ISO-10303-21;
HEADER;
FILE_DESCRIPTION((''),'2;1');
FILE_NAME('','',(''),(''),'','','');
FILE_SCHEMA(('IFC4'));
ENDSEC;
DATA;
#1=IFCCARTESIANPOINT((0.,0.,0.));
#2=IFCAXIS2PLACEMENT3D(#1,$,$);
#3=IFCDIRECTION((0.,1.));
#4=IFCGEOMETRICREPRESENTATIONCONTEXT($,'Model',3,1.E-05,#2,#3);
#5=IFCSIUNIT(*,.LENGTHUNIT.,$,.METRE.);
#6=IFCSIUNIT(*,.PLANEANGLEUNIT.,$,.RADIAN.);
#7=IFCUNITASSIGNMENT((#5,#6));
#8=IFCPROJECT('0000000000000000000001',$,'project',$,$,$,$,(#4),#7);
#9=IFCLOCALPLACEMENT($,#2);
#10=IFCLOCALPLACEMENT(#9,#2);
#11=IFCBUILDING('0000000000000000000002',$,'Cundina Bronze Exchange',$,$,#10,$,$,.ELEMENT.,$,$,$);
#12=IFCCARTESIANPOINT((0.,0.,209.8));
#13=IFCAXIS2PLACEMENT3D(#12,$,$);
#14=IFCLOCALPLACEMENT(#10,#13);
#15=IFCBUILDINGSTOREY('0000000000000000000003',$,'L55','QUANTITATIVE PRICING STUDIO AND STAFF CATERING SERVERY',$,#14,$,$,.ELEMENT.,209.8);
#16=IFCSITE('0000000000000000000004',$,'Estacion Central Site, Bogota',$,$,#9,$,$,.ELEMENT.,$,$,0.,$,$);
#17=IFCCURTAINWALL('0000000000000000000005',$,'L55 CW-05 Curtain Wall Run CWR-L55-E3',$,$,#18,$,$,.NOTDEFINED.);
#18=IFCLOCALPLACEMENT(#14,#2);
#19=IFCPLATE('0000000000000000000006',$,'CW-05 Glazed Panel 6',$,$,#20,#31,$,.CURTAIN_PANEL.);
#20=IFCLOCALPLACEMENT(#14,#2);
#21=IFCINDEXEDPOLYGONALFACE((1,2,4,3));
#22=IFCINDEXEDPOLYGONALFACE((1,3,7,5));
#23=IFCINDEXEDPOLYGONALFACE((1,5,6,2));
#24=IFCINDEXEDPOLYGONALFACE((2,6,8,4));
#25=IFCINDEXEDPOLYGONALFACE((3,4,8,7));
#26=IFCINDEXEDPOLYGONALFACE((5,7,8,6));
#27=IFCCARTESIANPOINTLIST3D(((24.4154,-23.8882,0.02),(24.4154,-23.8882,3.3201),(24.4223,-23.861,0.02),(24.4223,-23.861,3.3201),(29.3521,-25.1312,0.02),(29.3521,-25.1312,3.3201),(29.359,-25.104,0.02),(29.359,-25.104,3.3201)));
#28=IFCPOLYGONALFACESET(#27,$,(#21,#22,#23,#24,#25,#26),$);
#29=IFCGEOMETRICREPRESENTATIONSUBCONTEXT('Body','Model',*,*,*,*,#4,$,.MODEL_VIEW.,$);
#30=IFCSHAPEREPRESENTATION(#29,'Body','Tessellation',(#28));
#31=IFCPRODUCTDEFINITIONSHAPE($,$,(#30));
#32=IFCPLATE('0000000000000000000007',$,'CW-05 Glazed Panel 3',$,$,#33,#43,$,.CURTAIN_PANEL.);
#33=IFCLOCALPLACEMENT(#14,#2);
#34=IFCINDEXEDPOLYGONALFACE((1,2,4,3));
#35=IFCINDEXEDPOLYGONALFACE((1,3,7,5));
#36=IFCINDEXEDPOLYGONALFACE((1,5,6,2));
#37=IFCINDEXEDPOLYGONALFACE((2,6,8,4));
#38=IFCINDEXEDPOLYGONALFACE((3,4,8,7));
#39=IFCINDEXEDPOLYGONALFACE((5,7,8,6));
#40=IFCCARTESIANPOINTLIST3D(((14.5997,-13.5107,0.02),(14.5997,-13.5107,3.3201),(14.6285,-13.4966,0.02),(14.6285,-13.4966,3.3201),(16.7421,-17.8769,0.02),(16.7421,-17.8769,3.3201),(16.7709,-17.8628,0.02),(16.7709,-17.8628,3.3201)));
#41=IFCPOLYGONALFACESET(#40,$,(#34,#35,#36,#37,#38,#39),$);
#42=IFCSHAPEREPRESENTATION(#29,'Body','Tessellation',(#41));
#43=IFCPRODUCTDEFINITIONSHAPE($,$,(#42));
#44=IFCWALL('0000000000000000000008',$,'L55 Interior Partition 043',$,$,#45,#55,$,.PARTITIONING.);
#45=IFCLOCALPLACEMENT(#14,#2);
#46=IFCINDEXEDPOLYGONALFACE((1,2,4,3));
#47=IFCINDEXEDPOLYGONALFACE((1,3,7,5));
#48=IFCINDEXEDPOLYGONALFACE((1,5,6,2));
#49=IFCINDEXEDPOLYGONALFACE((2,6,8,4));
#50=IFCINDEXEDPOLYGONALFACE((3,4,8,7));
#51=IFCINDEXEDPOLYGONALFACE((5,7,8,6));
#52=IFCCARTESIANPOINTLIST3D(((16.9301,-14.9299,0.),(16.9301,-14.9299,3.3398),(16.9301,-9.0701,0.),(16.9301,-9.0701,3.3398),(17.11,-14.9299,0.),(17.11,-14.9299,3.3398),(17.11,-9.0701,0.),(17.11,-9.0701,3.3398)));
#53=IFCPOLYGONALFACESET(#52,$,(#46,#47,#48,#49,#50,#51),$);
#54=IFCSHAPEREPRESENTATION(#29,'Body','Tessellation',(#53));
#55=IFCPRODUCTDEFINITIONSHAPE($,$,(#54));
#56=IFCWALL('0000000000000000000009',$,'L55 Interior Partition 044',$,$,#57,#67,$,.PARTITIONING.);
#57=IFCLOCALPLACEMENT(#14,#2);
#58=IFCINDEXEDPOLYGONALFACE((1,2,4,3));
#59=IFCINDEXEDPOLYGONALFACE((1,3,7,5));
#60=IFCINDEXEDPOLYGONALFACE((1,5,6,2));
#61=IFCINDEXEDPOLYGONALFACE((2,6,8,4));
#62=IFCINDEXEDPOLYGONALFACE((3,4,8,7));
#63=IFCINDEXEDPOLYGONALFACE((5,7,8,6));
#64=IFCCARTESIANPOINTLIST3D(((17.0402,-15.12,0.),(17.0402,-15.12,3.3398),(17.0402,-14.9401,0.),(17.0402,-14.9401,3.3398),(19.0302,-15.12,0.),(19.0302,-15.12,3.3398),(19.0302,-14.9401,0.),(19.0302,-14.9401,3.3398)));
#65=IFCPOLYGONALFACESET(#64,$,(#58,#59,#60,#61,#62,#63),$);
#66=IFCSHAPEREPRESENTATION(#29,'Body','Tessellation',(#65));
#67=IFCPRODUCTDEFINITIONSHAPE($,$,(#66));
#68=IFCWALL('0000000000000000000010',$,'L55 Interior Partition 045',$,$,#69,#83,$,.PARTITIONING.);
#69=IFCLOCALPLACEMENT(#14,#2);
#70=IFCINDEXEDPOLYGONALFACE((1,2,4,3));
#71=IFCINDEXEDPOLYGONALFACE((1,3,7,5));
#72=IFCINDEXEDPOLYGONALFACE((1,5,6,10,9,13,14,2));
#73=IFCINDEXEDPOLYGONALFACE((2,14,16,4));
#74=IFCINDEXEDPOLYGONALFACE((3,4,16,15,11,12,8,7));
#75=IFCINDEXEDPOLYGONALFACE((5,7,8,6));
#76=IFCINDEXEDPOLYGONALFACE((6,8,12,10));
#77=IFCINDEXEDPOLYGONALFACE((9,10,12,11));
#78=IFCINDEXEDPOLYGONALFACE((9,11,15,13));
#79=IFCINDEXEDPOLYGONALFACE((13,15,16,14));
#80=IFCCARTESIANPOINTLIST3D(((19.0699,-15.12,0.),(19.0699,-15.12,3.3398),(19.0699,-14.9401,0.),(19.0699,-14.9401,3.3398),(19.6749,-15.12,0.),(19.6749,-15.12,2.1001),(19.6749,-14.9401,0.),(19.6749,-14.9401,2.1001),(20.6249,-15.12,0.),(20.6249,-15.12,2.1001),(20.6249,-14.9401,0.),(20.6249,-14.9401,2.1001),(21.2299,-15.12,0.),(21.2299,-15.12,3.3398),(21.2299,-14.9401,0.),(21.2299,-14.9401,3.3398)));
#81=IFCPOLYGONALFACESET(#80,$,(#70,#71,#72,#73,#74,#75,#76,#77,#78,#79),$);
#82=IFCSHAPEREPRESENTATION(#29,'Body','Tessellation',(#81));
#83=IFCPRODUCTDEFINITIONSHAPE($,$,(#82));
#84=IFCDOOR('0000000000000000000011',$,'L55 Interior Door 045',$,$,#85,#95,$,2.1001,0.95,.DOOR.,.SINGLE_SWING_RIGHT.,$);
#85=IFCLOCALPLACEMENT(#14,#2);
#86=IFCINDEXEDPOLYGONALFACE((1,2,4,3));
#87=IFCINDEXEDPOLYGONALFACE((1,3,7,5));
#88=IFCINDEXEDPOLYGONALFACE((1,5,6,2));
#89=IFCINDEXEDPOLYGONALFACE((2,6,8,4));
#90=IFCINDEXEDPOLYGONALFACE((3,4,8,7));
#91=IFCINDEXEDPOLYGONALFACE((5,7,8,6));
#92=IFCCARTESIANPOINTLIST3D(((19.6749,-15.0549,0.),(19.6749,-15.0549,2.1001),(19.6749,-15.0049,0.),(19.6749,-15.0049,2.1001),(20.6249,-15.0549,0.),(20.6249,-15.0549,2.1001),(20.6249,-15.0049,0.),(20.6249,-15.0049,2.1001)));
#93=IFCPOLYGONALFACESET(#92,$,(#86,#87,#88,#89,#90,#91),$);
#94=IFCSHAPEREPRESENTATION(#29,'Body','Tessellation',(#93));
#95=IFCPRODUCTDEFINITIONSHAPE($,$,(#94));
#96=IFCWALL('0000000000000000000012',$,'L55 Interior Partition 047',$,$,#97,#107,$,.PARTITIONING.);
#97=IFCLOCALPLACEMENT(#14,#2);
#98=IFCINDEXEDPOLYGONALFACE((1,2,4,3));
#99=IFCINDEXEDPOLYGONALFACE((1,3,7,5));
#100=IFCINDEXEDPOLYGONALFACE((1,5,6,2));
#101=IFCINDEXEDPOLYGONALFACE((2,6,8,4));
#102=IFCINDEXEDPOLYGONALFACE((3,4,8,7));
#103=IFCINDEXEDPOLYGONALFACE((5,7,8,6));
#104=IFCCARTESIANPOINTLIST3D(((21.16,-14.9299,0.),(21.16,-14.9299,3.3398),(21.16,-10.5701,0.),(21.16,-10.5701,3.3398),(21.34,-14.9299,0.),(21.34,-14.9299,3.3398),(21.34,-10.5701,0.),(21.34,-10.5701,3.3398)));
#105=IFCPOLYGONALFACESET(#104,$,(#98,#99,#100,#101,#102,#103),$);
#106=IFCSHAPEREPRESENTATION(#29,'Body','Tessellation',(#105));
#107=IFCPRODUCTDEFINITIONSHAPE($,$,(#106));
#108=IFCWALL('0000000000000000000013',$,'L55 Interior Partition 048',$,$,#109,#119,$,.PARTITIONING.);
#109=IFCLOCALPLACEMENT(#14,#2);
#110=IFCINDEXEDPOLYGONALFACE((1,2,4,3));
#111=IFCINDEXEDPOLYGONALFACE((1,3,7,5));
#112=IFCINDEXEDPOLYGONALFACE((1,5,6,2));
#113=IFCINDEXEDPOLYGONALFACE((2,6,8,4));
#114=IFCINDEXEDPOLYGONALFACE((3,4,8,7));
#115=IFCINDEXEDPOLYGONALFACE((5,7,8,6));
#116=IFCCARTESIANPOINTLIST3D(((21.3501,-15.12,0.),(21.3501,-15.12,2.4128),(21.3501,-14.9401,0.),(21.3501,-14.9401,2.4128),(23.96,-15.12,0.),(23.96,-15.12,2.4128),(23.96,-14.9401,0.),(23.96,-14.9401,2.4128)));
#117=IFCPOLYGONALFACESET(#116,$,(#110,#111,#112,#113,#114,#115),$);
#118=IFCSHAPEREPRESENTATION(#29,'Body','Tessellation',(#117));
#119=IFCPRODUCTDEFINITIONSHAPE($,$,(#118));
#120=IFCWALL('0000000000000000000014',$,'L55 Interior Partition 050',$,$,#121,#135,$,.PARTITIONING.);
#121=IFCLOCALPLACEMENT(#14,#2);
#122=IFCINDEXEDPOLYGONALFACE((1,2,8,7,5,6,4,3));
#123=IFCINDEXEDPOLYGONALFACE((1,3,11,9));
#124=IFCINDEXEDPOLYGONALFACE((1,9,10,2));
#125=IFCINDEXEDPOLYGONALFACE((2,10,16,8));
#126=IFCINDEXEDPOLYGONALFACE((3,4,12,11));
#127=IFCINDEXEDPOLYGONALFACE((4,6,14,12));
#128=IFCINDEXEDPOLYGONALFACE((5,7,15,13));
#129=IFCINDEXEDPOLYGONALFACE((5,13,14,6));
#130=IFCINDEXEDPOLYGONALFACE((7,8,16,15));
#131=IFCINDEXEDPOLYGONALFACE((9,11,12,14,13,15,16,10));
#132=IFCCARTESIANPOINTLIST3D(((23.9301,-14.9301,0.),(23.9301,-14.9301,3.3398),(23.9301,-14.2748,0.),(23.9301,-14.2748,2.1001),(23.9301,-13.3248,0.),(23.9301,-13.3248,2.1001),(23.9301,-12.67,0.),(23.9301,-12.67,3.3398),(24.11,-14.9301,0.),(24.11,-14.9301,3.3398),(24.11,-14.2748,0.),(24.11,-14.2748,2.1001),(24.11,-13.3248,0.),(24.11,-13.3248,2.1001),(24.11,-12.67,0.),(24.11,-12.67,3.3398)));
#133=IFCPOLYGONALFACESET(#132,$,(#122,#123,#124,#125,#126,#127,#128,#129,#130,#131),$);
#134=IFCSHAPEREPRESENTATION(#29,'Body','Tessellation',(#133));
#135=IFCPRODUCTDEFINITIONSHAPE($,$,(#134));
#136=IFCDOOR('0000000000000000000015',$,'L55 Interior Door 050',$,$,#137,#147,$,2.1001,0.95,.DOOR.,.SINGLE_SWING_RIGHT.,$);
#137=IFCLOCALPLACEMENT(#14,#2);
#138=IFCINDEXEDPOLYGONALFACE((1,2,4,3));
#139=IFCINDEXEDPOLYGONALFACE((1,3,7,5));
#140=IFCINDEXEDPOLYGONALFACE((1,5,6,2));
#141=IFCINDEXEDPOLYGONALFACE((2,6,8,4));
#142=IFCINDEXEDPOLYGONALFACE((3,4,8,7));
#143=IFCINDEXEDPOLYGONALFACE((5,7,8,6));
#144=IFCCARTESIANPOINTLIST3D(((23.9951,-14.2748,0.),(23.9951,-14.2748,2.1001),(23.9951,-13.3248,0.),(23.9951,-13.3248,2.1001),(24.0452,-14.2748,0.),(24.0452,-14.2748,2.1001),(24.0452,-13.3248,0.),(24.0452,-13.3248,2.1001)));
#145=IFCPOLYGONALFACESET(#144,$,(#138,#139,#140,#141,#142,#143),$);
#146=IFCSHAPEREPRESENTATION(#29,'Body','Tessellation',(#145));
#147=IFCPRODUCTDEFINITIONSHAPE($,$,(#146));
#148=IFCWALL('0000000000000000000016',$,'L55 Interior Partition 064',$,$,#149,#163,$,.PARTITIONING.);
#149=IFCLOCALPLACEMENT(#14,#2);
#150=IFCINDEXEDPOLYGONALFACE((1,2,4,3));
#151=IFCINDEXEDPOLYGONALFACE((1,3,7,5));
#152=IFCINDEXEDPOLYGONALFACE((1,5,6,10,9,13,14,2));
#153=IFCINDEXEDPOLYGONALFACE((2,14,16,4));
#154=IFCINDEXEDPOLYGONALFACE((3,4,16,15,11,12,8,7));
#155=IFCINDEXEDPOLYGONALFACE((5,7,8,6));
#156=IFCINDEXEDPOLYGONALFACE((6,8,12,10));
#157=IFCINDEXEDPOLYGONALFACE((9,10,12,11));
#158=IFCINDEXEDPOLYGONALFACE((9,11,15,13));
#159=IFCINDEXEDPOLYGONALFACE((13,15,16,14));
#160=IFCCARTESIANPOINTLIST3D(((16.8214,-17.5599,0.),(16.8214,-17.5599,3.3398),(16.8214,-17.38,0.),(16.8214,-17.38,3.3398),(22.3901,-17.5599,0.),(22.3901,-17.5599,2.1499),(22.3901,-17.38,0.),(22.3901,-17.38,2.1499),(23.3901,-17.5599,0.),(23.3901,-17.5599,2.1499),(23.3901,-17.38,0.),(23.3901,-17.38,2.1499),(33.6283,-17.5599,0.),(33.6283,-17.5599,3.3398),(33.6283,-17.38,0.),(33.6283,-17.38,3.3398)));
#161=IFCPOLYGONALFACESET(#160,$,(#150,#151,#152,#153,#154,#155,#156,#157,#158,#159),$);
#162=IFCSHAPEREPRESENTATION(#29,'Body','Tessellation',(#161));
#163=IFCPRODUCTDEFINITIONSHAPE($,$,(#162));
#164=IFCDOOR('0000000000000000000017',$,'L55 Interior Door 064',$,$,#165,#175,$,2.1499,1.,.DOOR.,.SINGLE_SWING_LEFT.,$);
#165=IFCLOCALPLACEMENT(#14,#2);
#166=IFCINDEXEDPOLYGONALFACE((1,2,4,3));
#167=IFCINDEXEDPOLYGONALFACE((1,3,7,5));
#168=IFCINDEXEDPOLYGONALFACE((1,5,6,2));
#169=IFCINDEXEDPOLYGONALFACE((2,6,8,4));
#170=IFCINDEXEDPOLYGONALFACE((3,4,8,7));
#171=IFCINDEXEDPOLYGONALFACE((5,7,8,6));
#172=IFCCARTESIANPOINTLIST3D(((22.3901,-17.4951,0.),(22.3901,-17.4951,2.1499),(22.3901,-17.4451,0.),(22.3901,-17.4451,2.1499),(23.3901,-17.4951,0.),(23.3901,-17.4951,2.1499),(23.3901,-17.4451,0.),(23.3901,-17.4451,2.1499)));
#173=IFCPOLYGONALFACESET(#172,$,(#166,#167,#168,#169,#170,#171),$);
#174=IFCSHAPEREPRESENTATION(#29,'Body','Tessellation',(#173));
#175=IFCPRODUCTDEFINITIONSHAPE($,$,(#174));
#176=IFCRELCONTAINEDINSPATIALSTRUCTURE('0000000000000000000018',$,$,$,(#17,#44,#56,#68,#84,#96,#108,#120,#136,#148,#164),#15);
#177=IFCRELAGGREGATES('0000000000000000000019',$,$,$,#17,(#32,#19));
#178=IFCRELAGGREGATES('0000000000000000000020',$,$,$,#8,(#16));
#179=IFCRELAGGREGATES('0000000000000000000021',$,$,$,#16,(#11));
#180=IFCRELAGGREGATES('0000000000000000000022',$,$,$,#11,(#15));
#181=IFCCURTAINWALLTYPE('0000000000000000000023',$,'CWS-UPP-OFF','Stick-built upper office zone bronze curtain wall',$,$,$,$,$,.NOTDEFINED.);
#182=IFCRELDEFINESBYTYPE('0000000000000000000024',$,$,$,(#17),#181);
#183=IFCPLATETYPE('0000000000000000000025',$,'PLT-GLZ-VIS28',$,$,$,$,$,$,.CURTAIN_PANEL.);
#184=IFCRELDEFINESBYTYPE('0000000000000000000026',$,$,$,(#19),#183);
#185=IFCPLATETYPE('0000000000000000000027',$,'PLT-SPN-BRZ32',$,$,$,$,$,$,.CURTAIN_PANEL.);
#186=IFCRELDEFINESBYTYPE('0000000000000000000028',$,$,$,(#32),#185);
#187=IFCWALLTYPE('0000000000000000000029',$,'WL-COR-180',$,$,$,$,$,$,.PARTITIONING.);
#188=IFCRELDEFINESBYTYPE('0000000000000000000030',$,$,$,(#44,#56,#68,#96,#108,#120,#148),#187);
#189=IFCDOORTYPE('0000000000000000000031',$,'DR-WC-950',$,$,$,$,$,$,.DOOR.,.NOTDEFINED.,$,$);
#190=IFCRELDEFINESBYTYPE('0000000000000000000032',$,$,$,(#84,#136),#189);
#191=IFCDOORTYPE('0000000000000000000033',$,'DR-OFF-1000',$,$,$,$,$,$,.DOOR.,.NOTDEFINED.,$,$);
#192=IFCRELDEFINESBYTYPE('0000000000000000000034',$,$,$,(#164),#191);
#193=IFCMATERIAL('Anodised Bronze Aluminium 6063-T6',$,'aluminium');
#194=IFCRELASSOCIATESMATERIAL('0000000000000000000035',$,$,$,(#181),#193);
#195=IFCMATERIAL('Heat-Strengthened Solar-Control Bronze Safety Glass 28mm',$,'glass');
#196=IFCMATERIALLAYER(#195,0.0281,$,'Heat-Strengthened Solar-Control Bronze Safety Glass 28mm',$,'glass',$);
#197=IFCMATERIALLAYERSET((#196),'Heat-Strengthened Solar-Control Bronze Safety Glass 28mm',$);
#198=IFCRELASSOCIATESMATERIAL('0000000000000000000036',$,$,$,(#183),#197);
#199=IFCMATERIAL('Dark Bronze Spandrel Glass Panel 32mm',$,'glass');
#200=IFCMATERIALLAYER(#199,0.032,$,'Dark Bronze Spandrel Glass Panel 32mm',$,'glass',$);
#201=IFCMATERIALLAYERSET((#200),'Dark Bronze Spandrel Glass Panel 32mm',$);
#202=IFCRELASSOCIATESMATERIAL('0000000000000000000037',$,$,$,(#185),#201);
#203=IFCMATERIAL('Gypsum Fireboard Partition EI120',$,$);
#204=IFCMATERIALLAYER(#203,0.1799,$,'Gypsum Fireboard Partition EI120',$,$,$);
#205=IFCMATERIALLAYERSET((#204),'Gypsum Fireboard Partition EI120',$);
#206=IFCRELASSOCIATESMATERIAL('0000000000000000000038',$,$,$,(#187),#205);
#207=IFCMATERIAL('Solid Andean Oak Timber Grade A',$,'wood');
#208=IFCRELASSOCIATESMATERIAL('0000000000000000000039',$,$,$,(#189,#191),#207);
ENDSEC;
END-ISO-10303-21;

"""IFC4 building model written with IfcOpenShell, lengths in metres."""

from ifc_helpers import new_model, si_unit, direction, frame, frame_2d, origin, origin_2d, place, context, subcontext, project, spatial, rectangle, extrude, material, layer, layer_set, type_object, element, fill, aggregate, save


model = new_model("IFC4")

# Units and contexts
model_context = context("Model", 3, precision=1e-05, world=origin(), true_north=direction((0.0, 1.0)))
body_context = subcontext(model_context, "Body", "Model", "MODEL_VIEW")
ifc_project = project(units=[si_unit("LENGTHUNIT", "METRE"), si_unit("PLANEANGLEUNIT", "RADIAN")], contexts=[model_context])

# Site, building, storey
site_placement = place(None, origin())
site = spatial("IfcSite", under=ifc_project, at=site_placement, Name="Estacion Central Site, Bogota", CompositionType="ELEMENT", RefElevation=0.0)
building_placement = place(site_placement, origin())
building = spatial("IfcBuilding", under=site, at=building_placement, Name="Cundina Bronze Exchange", CompositionType="ELEMENT")
storey_placement = place(building_placement, frame((0.0, 0.0, 209.8)))
storey = spatial("IfcBuildingStorey", under=building, at=storey_placement, Name="L55", Description="QUANTITATIVE PRICING STUDIO AND STAFF CATERING SERVERY", CompositionType="ELEMENT", Elevation=209.8)

# Curtain wall, plates
ifc_material_1 = material(Name="Anodised Bronze Aluminium 6063-T6", Category="aluminium")
curtain_wall_type = type_object("IfcCurtainWallType", Name="CWS-UPP-OFF", Description="Stick-built upper office zone bronze curtain wall", PredefinedType="NOTDEFINED", material=ifc_material_1)
curtain_wall_placement = place(storey_placement, origin())
curtain_wall = element("IfcCurtainWall", 1, at=curtain_wall_placement, inside=storey, type_object=curtain_wall_type, Name="L55 CW-05 Curtain Wall Run CWR-L55-E3", PredefinedType="NOTDEFINED")
ifc_material_2 = material(Name="Heat-Strengthened Solar-Control Bronze Safety Glass 28mm", Category="glass")
ifc_layer_1 = layer(ifc_material_2, 0.0281, Name="Heat-Strengthened Solar-Control Bronze Safety Glass 28mm", Category="glass")
ifc_layer_set_1 = layer_set([ifc_layer_1], Name="Heat-Strengthened Solar-Control Bronze Safety Glass 28mm")
plate_type_1 = type_object("IfcPlateType", Name="PLT-GLZ-VIS28", PredefinedType="CURTAIN_PANEL", material=ifc_layer_set_1)
plate_1_placement = place(storey_placement, frame((26.8872, -24.4961, 0.02), z_axis=(0.0, 0.0, 1.0), x_axis=(0.969732, -0.244174, 0.0)))
plate_1 = element("IfcPlate", 2, at=plate_1_placement, type_object=plate_type_1, Name="CW-05 Glazed Panel 6", PredefinedType="CURTAIN_PANEL", context=body_context, shape_type="SweptSolid", body=[
    extrude(rectangle(XDim=5.0908, YDim=0.0281, at=origin_2d()), origin(), (0.0, 0.0, 1.0), 3.3),
])
ifc_material_3 = material(Name="Dark Bronze Spandrel Glass Panel 32mm", Category="glass")
ifc_layer_2 = layer(ifc_material_3, 0.032, Name="Dark Bronze Spandrel Glass Panel 32mm", Category="glass")
ifc_layer_set_2 = layer_set([ifc_layer_2], Name="Dark Bronze Spandrel Glass Panel 32mm")
plate_type_2 = type_object("IfcPlateType", Name="PLT-SPN-BRZ32", PredefinedType="CURTAIN_PANEL", material=ifc_layer_set_2)
plate_2_placement = place(storey_placement, frame((15.6853, -15.6868, 0.02), z_axis=(0.0, 0.0, 1.0), x_axis=(0.440503, -0.897751, 0.0)))
plate_2 = element("IfcPlate", 3, at=plate_2_placement, type_object=plate_type_2, Name="CW-05 Glazed Panel 3", PredefinedType="CURTAIN_PANEL", context=body_context, shape_type="SweptSolid", body=[
    extrude(rectangle(XDim=4.8635, YDim=0.032, at=origin_2d()), origin(), (0.0, 0.0, 1.0), 3.3),
])
aggregate(curtain_wall, [plate_2, plate_1])

# Walls
ifc_material_4 = material(Name="Gypsum Fireboard Partition EI120")
ifc_layer_3 = layer(ifc_material_4, 0.1799, Name="Gypsum Fireboard Partition EI120")
ifc_layer_set_3 = layer_set([ifc_layer_3], Name="Gypsum Fireboard Partition EI120")
wall_type_1 = type_object("IfcWallType", Name="WL-COR-180", PredefinedType="PARTITIONING", material=ifc_layer_set_3)
wall_1_placement = place(storey_placement, frame((17.02, -14.9299, 0.0), z_axis=(0.0, 0.0, 1.0), x_axis=(0.0, 1.0, 0.0)))
element("IfcWall", 4, at=wall_1_placement, inside=storey, type_object=wall_type_1, Name="L55 Interior Partition 043", PredefinedType="PARTITIONING", context=body_context, shape_type="SweptSolid", body=[
    extrude(rectangle(XDim=5.8599, YDim=0.1799, at=frame_2d((2.9299, 0.0))), origin(), (0.0, 0.0, 1.0), 3.3398),
])
wall_2_placement = place(storey_placement, frame((17.04, -15.03, 0.0), z_axis=(0.0, 0.0, 1.0), x_axis=(1.0, 0.0, 0.0)))
element("IfcWall", 5, at=wall_2_placement, inside=storey, type_object=wall_type_1, Name="L55 Interior Partition 044", PredefinedType="PARTITIONING", context=body_context, shape_type="SweptSolid", body=[
    extrude(rectangle(XDim=1.99, YDim=0.1799, at=frame_2d((0.9951, 0.0))), origin(), (0.0, 0.0, 1.0), 3.3398),
])

# Wall, opening, door
wall_3_placement = place(storey_placement, frame((21.23, -15.03, 0.0), z_axis=(0.0, 0.0, 1.0), x_axis=(-1.0, 0.0, 0.0)))
wall_3 = element("IfcWall", 6, at=wall_3_placement, inside=storey, type_object=wall_type_1, Name="L55 Interior Partition 045", PredefinedType="PARTITIONING", context=body_context, shape_type="SweptSolid", body=[
    extrude(rectangle(XDim=2.1599, YDim=0.1799, at=frame_2d((1.0801, 0.0))), origin(), (0.0, 0.0, 1.0), 3.3398),
])
opening_1_placement = place(wall_3_placement, frame((0.605, 0.0, 0.0)))
opening_1 = element("IfcOpeningElement", 7, at=opening_1_placement, cuts=wall_3, PredefinedType="OPENING", context=body_context, shape_type="SweptSolid", body=[
    extrude(rectangle(XDim=0.95, YDim=2.1001, at=frame_2d((0.4751, 1.05))), frame((0.0, 0.0999, 0.0), z_axis=(0.0, -1.0, 0.0), x_axis=(1.0, 0.0, 0.0)), (0.0, 0.0, 1.0), 0.2),
])
ifc_material_5 = material(Name="Solid Andean Oak Timber Grade A", Category="wood")
door_type_1 = type_object("IfcDoorType", Name="DR-WC-950", OperationType="NOTDEFINED", PredefinedType="DOOR", material=ifc_material_5)
door_1_placement = place(opening_1_placement, origin())
door_1 = element("IfcDoor", 8, at=door_1_placement, inside=storey, type_object=door_type_1, Name="L55 Interior Door 045", OperationType="SINGLE_SWING_RIGHT", OverallHeight=2.1001, OverallWidth=0.95, PredefinedType="DOOR", context=body_context, shape_type="SweptSolid", body=[
    extrude(rectangle(XDim=0.95, YDim=2.1001, at=frame_2d((0.4751, 1.05))), frame((0.0, 0.0249, 0.0), z_axis=(0.0, -1.0, 0.0), x_axis=(1.0, 0.0, 0.0)), (0.0, 0.0, 1.0), 0.05),
])
fill(opening_1, door_1)

# Walls
wall_4_placement = place(storey_placement, frame((21.25, -14.9299, 0.0), z_axis=(0.0, 0.0, 1.0), x_axis=(0.0, 1.0, 0.0)))
element("IfcWall", 9, at=wall_4_placement, inside=storey, type_object=wall_type_1, Name="L55 Interior Partition 047", PredefinedType="PARTITIONING", context=body_context, shape_type="SweptSolid", body=[
    extrude(rectangle(XDim=4.3599, YDim=0.1799, at=frame_2d((2.1799, 0.0))), origin(), (0.0, 0.0, 1.0), 3.3398),
])
wall_5_placement = place(storey_placement, frame((21.3501, -15.03, 0.0), z_axis=(0.0, 0.0, 1.0), x_axis=(1.0, 0.0, 0.0)))
element("IfcWall", 10, at=wall_5_placement, inside=storey, type_object=wall_type_1, Name="L55 Interior Partition 048", PredefinedType="PARTITIONING", context=body_context, shape_type="SweptSolid", body=[
    extrude(rectangle(XDim=2.6099, YDim=0.1799, at=frame_2d((1.3049, 0.0))), origin(), (0.0, 0.0, 1.0), 2.4128),
])

# Walls, openings, doors
wall_6_placement = place(storey_placement, frame((24.02, -14.9299, 0.0), z_axis=(0.0, 0.0, 1.0), x_axis=(0.0, 1.0, 0.0)))
wall_6 = element("IfcWall", 11, at=wall_6_placement, inside=storey, type_object=wall_type_1, Name="L55 Interior Partition 050", PredefinedType="PARTITIONING", context=body_context, shape_type="SweptSolid", body=[
    extrude(rectangle(XDim=2.26, YDim=0.1799, at=frame_2d((1.1299, 0.0))), origin(), (0.0, 0.0, 1.0), 3.3398),
])
opening_2_placement = place(wall_6_placement, frame((0.655, 0.0, 0.0)))
opening_2 = element("IfcOpeningElement", 12, at=opening_2_placement, cuts=wall_6, PredefinedType="OPENING", context=body_context, shape_type="SweptSolid", body=[
    extrude(rectangle(XDim=0.95, YDim=2.1001, at=frame_2d((0.4751, 1.05))), frame((0.0, 0.0999, 0.0), z_axis=(0.0, -1.0, 0.0), x_axis=(1.0, 0.0, 0.0)), (0.0, 0.0, 1.0), 0.2),
])
door_2_placement = place(opening_2_placement, origin())
door_2 = element("IfcDoor", 13, at=door_2_placement, inside=storey, type_object=door_type_1, Name="L55 Interior Door 050", OperationType="SINGLE_SWING_RIGHT", OverallHeight=2.1001, OverallWidth=0.95, PredefinedType="DOOR", context=body_context, shape_type="SweptSolid", body=[
    extrude(rectangle(XDim=0.95, YDim=2.1001, at=frame_2d((0.4751, 1.05))), frame((0.0, 0.0249, 0.0), z_axis=(0.0, -1.0, 0.0), x_axis=(1.0, 0.0, 0.0)), (0.0, 0.0, 1.0), 0.05),
])
fill(opening_2, door_2)
wall_7_placement = place(storey_placement, frame((16.8215, -17.47, 0.0), z_axis=(0.0, 0.0, 1.0), x_axis=(1.0, 0.0, 0.0)))
wall_7 = element("IfcWall", 14, at=wall_7_placement, inside=storey, type_object=wall_type_1, Name="L55 Interior Partition 064", PredefinedType="PARTITIONING", context=body_context, shape_type="SweptSolid", body=[
    extrude(rectangle(XDim=16.8069, YDim=0.1799, at=frame_2d((8.4033, 0.0))), origin(), (0.0, 0.0, 1.0), 3.3398),
])
opening_3_placement = place(wall_7_placement, frame((5.5686, 0.0, 0.0)))
opening_3 = element("IfcOpeningElement", 15, at=opening_3_placement, cuts=wall_7, PredefinedType="OPENING", context=body_context, shape_type="SweptSolid", body=[
    extrude(rectangle(XDim=1.0, YDim=2.1499, at=frame_2d((0.5, 1.075))), frame((0.0, 0.0999, 0.0), z_axis=(0.0, -1.0, 0.0), x_axis=(1.0, 0.0, 0.0)), (0.0, 0.0, 1.0), 0.2),
])
door_type_2 = type_object("IfcDoorType", Name="DR-OFF-1000", OperationType="NOTDEFINED", PredefinedType="DOOR", material=ifc_material_5)
door_3_placement = place(opening_3_placement, origin())
door_3 = element("IfcDoor", 16, at=door_3_placement, inside=storey, type_object=door_type_2, Name="L55 Interior Door 064", OperationType="SINGLE_SWING_LEFT", OverallHeight=2.1499, OverallWidth=1.0, PredefinedType="DOOR", context=body_context, shape_type="SweptSolid", body=[
    extrude(rectangle(XDim=1.0, YDim=2.1499, at=frame_2d((0.5, 1.075))), frame((0.0, 0.0249, 0.0), z_axis=(0.0, -1.0, 0.0), x_axis=(1.0, 0.0, 0.0)), (0.0, 0.0, 1.0), 0.05),
])
fill(opening_3, door_3)

save(model, "model.ifc")
